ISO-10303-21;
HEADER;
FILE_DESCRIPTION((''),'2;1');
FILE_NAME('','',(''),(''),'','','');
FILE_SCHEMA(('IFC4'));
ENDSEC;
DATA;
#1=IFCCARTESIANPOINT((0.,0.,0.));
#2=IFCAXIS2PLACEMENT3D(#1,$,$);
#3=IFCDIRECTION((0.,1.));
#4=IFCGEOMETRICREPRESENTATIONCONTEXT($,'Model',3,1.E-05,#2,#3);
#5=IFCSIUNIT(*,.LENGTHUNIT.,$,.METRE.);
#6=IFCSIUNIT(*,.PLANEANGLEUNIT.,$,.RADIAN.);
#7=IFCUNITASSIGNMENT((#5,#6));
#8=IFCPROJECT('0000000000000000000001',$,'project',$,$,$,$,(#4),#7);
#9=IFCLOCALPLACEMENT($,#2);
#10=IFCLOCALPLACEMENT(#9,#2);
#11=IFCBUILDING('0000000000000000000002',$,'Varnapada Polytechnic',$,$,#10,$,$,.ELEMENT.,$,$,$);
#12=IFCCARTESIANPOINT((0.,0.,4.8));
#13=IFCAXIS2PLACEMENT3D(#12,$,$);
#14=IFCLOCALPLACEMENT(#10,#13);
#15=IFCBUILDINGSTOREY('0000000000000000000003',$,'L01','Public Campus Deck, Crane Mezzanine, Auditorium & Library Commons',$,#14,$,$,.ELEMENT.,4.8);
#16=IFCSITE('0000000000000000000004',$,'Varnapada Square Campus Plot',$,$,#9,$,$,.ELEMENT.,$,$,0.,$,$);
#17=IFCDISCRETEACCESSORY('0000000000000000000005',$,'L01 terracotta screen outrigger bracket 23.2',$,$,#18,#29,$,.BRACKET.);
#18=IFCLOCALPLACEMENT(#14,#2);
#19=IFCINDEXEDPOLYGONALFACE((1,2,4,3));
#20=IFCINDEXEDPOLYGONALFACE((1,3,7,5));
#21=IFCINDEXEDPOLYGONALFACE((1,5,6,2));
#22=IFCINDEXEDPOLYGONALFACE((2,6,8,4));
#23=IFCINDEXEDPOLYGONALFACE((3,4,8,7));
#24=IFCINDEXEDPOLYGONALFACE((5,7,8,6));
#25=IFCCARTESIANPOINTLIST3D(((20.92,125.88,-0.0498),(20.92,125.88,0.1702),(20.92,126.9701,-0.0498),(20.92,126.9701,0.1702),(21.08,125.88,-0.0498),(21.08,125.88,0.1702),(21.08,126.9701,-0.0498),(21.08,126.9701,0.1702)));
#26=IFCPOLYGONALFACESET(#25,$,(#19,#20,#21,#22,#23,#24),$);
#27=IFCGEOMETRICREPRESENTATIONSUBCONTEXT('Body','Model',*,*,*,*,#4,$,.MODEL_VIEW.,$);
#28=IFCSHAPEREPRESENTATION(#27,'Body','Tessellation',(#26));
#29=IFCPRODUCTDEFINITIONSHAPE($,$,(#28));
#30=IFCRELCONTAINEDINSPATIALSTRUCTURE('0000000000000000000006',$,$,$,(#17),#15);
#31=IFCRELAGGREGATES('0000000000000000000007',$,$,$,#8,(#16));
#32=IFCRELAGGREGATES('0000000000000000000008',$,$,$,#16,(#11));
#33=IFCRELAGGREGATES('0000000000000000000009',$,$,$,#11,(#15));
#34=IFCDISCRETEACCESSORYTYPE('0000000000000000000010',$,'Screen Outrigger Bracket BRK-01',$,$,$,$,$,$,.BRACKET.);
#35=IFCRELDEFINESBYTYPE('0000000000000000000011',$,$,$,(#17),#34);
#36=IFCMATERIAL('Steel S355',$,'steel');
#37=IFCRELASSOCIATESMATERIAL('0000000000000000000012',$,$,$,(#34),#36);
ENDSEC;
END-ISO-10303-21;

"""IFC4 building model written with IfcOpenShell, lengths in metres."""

from ifc_helpers import new_model, si_unit, direction, frame, origin, origin_2d, place, context, subcontext, project, spatial, rectangle, extrude, material, type_object, element, save


model = new_model("IFC4")

# Units and contexts
model_context = context("Model", 3, precision=1e-05, world=origin(), true_north=direction((0.0, 1.0)))
body_context = subcontext(model_context, "Body", "Model", "MODEL_VIEW")
ifc_project = project(units=[si_unit("LENGTHUNIT", "METRE"), si_unit("PLANEANGLEUNIT", "RADIAN")], contexts=[model_context])

# Site, building, storey
site_placement = place(None, origin())
site = spatial("IfcSite", under=ifc_project, at=site_placement, Name="Varnapada Square Campus Plot", CompositionType="ELEMENT", RefElevation=0.0)
building_placement = place(site_placement, origin())
building = spatial("IfcBuilding", under=site, at=building_placement, Name="Varnapada Polytechnic", CompositionType="ELEMENT")
storey_placement = place(building_placement, frame((0.0, 0.0, 4.8)))
storey = spatial("IfcBuildingStorey", under=building, at=storey_placement, Name="L01", Description="Public Campus Deck, Crane Mezzanine, Auditorium & Library Commons", CompositionType="ELEMENT", Elevation=4.8)

# Discrete accessory
ifc_material_1 = material(Name="Steel S355", Category="steel")
discrete_accessory_type = type_object("IfcDiscreteAccessoryType", Name="Screen Outrigger Bracket BRK-01", PredefinedType="BRACKET", material=ifc_material_1)
for number, where, z_axis, x_axis, name in (
    (1, (21.0, 126.425, -0.0498), (0.0, 0.0, 1.0), (1.0, 0.0, 0.0), "L01 terracotta screen outrigger bracket 23.2"),
):
    element("IfcDiscreteAccessory", number, at=place(storey_placement, frame(where, z_axis=z_axis, x_axis=x_axis)), inside=storey, type_object=discrete_accessory_type, Name=name, PredefinedType="BRACKET", context=body_context, shape_type="SweptSolid", body=[
        extrude(rectangle(XDim=0.1599, YDim=1.0901, at=origin_2d()), origin(), (0.0, 0.0, 1.0), 0.22),
    ])

save(model, "model.ifc")
